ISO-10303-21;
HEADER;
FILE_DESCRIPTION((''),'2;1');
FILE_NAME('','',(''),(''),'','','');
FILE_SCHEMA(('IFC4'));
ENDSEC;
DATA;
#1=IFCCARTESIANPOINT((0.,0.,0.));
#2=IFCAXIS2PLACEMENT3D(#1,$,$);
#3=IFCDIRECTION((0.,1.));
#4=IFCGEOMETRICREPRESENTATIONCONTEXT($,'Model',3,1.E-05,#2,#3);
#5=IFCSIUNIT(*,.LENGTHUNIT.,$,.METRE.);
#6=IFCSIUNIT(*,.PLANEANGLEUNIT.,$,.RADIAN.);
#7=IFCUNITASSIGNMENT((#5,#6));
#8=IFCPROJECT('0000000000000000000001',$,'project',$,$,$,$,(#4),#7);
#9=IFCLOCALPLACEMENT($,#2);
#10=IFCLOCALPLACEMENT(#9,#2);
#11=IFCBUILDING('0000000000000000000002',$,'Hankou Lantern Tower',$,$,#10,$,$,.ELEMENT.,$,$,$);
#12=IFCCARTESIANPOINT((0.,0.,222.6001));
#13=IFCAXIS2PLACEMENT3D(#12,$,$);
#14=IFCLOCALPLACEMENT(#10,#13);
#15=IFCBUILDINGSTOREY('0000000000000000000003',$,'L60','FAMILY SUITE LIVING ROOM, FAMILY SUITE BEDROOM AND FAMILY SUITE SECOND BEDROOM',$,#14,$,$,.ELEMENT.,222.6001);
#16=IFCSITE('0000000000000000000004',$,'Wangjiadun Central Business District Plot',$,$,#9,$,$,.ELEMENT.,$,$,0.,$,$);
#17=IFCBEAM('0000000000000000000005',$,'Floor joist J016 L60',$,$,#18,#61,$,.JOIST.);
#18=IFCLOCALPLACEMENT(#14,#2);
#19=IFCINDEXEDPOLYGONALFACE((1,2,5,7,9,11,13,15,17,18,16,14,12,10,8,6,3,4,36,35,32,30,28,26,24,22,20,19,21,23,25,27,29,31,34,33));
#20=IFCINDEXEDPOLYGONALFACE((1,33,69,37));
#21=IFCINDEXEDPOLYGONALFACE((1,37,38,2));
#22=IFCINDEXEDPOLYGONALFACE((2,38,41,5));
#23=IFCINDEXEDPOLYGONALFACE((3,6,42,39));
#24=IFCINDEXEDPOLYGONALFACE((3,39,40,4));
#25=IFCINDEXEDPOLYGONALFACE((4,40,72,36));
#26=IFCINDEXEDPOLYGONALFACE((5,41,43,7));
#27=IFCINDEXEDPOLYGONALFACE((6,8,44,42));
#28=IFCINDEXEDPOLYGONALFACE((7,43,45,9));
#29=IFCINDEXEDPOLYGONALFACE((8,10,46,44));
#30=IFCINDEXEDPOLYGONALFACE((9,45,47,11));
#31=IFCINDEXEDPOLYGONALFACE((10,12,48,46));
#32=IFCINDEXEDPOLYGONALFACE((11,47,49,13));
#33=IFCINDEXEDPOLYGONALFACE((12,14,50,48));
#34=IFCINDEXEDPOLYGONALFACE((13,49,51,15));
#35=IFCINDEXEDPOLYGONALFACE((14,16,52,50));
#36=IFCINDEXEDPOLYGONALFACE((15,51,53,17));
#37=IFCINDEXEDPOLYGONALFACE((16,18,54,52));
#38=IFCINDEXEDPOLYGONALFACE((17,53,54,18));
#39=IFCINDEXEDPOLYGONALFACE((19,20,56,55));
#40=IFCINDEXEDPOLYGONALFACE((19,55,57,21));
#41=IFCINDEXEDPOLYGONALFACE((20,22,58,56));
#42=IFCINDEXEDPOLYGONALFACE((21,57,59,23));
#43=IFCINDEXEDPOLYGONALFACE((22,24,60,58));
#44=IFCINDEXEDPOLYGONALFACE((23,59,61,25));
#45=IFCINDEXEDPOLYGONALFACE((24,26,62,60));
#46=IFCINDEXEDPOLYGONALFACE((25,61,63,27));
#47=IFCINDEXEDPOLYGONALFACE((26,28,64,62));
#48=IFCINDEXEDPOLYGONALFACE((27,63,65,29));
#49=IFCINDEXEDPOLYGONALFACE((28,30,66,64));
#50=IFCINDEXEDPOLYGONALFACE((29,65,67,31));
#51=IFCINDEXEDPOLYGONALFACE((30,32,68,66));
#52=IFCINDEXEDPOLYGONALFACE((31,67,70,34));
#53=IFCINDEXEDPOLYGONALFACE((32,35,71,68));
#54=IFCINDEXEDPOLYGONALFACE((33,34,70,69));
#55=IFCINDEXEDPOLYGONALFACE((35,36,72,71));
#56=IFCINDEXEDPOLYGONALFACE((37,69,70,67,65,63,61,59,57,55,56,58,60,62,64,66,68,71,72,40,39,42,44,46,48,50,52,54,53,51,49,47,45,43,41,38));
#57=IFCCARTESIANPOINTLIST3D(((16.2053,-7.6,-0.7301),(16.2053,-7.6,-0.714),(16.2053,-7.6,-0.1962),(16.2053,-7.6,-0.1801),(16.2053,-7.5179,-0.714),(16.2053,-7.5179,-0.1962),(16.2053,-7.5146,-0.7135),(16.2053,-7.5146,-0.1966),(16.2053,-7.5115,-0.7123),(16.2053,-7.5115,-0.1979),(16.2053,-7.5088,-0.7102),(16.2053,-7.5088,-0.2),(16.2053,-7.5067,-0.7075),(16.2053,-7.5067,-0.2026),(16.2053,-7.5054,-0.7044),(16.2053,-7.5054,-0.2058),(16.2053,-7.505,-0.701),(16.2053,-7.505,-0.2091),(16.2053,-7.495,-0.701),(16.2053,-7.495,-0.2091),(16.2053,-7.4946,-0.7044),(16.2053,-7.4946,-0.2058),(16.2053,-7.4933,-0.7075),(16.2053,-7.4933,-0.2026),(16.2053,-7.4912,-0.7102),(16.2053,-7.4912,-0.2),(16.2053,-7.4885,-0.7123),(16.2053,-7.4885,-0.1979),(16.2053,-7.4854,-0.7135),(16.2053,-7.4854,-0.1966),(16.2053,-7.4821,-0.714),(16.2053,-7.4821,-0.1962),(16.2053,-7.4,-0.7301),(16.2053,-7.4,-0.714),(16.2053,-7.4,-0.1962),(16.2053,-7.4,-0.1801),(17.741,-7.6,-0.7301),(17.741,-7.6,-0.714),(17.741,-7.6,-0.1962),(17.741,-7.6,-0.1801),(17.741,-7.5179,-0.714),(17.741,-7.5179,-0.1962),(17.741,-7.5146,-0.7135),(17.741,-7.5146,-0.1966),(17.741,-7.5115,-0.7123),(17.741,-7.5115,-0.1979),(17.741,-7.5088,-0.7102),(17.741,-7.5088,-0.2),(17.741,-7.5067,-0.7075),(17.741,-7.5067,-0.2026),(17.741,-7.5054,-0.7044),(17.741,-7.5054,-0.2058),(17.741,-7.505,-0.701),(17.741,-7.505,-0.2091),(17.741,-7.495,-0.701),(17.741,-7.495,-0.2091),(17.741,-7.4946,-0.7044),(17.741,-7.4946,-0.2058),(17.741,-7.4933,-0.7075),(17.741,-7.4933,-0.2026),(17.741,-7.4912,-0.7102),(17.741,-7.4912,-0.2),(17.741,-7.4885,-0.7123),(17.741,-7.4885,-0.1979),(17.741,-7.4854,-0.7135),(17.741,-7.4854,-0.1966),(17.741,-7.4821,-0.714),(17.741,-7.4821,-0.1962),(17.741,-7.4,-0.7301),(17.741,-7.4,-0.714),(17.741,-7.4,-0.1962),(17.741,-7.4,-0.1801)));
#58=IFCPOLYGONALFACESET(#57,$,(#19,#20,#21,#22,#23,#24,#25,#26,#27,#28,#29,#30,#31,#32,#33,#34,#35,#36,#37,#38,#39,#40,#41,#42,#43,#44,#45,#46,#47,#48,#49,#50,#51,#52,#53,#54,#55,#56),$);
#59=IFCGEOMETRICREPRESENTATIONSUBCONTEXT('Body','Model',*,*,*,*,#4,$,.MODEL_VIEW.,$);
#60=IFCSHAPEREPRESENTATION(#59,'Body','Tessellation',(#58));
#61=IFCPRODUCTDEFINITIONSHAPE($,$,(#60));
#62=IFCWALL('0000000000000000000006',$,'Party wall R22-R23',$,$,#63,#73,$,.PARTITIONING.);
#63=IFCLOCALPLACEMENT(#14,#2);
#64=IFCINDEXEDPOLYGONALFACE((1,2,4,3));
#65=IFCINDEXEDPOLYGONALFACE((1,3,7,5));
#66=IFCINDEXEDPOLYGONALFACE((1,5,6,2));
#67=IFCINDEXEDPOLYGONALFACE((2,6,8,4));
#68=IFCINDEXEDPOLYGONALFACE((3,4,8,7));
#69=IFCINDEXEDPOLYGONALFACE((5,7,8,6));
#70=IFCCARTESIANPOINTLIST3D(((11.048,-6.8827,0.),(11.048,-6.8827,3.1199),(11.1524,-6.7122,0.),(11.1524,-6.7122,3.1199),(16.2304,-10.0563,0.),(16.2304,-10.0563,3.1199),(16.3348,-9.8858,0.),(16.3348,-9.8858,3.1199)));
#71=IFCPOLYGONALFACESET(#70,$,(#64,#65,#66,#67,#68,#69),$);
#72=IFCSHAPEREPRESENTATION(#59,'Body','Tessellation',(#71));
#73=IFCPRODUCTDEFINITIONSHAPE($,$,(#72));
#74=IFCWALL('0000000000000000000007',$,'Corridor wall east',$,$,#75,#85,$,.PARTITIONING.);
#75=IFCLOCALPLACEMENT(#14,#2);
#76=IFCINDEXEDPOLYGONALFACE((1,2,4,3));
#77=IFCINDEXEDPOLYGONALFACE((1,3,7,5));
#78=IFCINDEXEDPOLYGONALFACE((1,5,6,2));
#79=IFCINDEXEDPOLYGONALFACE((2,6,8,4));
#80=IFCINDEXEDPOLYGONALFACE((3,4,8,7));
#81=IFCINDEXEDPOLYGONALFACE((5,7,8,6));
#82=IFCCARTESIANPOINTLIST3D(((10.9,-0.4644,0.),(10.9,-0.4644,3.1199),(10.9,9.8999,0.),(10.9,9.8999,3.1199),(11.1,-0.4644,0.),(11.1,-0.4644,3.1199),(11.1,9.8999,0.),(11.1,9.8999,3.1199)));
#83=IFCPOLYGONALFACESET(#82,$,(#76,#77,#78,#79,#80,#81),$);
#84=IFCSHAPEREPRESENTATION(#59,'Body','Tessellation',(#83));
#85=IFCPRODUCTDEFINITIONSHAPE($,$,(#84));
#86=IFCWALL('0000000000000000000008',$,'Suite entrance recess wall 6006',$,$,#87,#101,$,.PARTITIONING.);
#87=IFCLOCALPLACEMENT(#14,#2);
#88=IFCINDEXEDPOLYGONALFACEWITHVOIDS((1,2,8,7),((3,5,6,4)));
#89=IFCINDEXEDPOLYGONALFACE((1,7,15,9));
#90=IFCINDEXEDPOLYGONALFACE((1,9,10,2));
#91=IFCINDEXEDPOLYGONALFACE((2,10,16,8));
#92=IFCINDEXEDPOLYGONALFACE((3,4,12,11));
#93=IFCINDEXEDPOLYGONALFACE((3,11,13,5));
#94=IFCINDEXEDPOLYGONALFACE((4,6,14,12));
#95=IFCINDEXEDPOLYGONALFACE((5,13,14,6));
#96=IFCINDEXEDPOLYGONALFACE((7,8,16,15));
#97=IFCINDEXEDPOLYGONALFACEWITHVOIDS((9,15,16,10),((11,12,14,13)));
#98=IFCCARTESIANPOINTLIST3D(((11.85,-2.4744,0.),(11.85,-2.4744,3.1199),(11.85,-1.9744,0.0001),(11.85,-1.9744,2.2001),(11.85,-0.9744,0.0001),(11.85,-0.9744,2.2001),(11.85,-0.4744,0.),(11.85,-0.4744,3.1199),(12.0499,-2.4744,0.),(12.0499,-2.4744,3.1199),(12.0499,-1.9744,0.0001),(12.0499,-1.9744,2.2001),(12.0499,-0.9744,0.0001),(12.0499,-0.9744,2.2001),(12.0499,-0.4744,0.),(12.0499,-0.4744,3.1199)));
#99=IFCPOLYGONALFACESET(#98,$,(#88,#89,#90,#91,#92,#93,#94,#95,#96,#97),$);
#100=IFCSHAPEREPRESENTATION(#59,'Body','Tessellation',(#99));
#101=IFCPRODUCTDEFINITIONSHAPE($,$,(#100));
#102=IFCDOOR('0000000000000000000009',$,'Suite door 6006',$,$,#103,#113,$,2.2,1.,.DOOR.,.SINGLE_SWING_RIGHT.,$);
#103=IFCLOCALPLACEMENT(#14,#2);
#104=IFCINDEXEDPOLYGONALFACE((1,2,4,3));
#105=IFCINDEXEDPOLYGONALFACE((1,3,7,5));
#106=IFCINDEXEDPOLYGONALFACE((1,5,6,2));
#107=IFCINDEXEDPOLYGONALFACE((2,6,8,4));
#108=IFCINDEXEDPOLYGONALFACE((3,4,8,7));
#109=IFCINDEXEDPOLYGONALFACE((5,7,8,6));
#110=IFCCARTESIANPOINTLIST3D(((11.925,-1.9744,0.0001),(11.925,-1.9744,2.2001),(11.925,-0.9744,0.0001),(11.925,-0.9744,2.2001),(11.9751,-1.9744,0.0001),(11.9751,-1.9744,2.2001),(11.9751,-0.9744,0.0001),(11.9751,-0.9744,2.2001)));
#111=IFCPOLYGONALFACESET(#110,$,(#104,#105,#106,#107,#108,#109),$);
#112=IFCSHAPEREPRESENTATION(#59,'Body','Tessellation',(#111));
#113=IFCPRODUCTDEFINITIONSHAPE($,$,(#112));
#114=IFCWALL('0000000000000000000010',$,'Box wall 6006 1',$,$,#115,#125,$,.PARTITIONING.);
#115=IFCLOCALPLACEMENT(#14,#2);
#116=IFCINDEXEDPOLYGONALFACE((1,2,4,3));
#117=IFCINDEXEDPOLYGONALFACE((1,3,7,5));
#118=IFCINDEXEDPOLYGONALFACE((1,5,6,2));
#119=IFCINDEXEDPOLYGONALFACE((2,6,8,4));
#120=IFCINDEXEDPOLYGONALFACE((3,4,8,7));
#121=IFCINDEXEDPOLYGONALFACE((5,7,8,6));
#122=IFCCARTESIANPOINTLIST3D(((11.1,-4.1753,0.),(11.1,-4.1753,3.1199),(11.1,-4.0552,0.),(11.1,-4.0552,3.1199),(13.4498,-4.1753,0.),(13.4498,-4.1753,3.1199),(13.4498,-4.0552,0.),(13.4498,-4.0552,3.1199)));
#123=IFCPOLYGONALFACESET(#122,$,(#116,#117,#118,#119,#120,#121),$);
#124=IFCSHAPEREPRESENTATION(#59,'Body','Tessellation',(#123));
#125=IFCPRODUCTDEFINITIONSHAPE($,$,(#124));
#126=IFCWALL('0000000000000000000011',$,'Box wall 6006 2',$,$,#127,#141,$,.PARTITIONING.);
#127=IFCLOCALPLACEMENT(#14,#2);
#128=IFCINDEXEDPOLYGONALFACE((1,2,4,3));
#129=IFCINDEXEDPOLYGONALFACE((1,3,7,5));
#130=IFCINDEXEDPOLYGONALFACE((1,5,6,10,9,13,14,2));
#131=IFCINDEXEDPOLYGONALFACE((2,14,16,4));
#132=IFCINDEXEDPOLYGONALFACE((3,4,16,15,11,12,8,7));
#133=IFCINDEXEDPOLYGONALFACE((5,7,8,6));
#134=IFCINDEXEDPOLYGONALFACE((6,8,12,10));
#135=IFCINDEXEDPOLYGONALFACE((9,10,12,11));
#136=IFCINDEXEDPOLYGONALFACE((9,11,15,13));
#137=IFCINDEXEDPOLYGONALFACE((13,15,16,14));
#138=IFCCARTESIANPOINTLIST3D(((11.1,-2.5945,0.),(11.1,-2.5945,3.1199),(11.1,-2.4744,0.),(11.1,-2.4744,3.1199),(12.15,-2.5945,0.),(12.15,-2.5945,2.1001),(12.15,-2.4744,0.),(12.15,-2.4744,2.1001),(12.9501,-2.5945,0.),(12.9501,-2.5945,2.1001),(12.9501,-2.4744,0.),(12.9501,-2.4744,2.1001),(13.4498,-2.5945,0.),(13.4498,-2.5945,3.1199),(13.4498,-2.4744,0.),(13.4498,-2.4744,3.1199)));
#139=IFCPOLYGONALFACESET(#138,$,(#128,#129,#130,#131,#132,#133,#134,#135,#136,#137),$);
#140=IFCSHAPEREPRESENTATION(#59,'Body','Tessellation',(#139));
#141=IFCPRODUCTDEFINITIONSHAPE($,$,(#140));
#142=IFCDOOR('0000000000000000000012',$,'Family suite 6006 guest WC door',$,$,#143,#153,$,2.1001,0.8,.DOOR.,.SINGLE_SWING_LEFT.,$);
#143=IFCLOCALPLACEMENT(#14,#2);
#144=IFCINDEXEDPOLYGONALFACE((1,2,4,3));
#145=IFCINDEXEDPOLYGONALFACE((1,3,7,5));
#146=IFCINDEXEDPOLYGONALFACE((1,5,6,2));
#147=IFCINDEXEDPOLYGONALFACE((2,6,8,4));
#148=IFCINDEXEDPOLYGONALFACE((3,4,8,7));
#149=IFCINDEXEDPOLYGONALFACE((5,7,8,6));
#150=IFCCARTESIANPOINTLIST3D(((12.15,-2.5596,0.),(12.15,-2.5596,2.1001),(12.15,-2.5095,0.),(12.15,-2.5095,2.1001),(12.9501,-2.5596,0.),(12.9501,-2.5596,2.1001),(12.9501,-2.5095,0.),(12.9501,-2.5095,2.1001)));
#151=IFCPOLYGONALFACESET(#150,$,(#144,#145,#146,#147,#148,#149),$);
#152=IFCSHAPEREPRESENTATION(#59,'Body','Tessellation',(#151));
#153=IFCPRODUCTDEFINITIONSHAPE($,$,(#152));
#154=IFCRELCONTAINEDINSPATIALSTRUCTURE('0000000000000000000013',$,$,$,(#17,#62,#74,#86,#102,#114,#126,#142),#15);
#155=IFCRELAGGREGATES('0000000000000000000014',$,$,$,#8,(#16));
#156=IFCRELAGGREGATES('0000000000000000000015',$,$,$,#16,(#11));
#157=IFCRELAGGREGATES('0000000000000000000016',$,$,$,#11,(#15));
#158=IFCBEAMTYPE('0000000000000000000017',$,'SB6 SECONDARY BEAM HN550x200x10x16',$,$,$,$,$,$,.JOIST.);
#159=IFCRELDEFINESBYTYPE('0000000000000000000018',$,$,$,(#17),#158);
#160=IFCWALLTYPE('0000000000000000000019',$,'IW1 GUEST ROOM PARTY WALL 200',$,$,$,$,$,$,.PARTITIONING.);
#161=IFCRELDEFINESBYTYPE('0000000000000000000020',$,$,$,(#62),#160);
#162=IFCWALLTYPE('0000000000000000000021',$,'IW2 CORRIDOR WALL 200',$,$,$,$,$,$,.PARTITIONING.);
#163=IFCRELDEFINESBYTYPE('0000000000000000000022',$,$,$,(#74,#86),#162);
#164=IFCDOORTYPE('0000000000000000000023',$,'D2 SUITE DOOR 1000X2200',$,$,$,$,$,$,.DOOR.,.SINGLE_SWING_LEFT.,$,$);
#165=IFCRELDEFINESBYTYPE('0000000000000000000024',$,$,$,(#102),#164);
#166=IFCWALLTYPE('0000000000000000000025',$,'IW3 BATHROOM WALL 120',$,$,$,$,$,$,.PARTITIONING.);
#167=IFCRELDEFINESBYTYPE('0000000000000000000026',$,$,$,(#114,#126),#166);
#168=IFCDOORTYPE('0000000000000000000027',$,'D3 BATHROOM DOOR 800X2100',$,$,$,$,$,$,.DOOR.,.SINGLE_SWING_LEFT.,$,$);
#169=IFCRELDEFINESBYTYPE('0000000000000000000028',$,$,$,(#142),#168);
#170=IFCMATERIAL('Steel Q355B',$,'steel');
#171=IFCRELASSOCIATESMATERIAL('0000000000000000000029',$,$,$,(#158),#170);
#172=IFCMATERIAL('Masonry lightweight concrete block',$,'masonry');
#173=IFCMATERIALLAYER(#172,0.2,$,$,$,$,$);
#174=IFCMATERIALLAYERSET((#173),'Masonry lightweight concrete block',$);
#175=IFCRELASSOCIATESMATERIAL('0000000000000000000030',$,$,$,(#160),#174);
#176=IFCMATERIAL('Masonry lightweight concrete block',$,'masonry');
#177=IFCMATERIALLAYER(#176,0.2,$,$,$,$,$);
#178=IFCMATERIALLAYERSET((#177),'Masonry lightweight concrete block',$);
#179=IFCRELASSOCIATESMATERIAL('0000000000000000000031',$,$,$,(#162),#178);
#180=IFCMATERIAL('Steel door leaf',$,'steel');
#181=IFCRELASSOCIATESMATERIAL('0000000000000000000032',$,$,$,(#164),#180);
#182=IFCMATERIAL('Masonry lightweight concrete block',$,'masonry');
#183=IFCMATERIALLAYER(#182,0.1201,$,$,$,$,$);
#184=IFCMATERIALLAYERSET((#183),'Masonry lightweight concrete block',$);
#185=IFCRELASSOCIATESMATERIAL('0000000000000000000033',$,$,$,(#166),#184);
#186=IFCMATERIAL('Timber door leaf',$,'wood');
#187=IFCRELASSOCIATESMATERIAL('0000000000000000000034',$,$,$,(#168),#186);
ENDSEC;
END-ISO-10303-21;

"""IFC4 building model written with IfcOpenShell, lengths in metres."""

from ifc_helpers import new_model, si_unit, direction, frame, frame_2d, origin, origin_2d, place, context, subcontext, project, spatial, rectangle, i_section, extrude, material, layer, layer_set, material_profile, profile_set, type_object, element, fill, save


model = new_model("IFC4")

# Units and contexts
model_context = context("Model", 3, precision=1e-05, world=origin(), true_north=direction((0.0, 1.0)))
body_context = subcontext(model_context, "Body", "Model", "MODEL_VIEW")
ifc_project = project(units=[si_unit("LENGTHUNIT", "METRE"), si_unit("PLANEANGLEUNIT", "RADIAN")], contexts=[model_context])

# Site, building, storey
site_placement = place(None, origin())
site = spatial("IfcSite", under=ifc_project, at=site_placement, Name="Wangjiadun Central Business District Plot", CompositionType="ELEMENT", RefElevation=0.0)
building_placement = place(site_placement, origin())
building = spatial("IfcBuilding", under=site, at=building_placement, Name="Hankou Lantern Tower", CompositionType="ELEMENT")
storey_placement = place(building_placement, frame((0.0, 0.0, 222.6001)))
storey = spatial("IfcBuildingStorey", under=building, at=storey_placement, Name="L60", Description="FAMILY SUITE LIVING ROOM, FAMILY SUITE BEDROOM AND FAMILY SUITE SECOND BEDROOM", CompositionType="ELEMENT", Elevation=222.6001)

# Beam
ifc_material_1 = material(Name="Steel Q355B", Category="steel")
ifc_material_profile = material_profile(ifc_material_1, i_section(OverallWidth=0.2, OverallDepth=0.55, WebThickness=0.01, FlangeThickness=0.0161, FilletRadius=0.0129, at=origin_2d()), Name="HN550x200x10x16")
ifc_profile_set = profile_set([ifc_material_profile], Name="Steel Q355B")
beam_type = type_object("IfcBeamType", Name="SB6 SECONDARY BEAM HN550x200x10x16", PredefinedType="JOIST", material=ifc_profile_set)
beam_placement = place(storey_placement, frame((16.2053, -7.5, -0.4551), z_axis=(1.0, 0.0, 0.0), x_axis=(0.0, 1.0, 0.0)))
element("IfcBeam", 1, at=beam_placement, inside=storey, type_object=beam_type, Name="Floor joist J016 L60", PredefinedType="JOIST", context=body_context, shape_type="SweptSolid", body=[
    extrude(i_section(OverallWidth=0.2, OverallDepth=0.55, WebThickness=0.01, FlangeThickness=0.0161, FilletRadius=0.0129, at=origin_2d()), origin(), (0.0, 0.0, 1.0), 1.5356),
])

# Walls
ifc_material_2 = material(Name="Masonry lightweight concrete block", Category="masonry")
ifc_layer_1 = layer(ifc_material_2, 0.2)
ifc_layer_set_1 = layer_set([ifc_layer_1], Name="Masonry lightweight concrete block")
wall_type_1 = type_object("IfcWallType", Name="IW1 GUEST ROOM PARTY WALL 200", PredefinedType="PARTITIONING", material=ifc_layer_set_1)
wall_1_placement = place(storey_placement, frame((11.1001, -6.7974, 0.0), z_axis=(0.0, 0.0, 1.0), x_axis=(0.8528, -0.522238, 0.0)))
element("IfcWall", 2, at=wall_1_placement, inside=storey, type_object=wall_type_1, Name="Party wall R22-R23", PredefinedType="PARTITIONING", context=body_context, shape_type="SweptSolid", body=[
    extrude(rectangle(XDim=6.0769, YDim=0.2, at=frame_2d((3.0386, 0.0))), origin(), (0.0, 0.0, 1.0), 3.1199),
])
ifc_material_3 = material(Name="Masonry lightweight concrete block", Category="masonry")
ifc_layer_2 = layer(ifc_material_3, 0.2)
ifc_layer_set_2 = layer_set([ifc_layer_2], Name="Masonry lightweight concrete block")
wall_type_2 = type_object("IfcWallType", Name="IW2 CORRIDOR WALL 200", PredefinedType="PARTITIONING", material=ifc_layer_set_2)
wall_2_placement = place(storey_placement, frame((11.0, -0.4644, 0.0), z_axis=(0.0, 0.0, 1.0), x_axis=(0.0, 1.0, 0.0)))
element("IfcWall", 3, at=wall_2_placement, inside=storey, type_object=wall_type_2, Name="Corridor wall east", PredefinedType="PARTITIONING", context=body_context, shape_type="SweptSolid", body=[
    extrude(rectangle(XDim=10.3643, YDim=0.2, at=frame_2d((5.1821, 0.0))), origin(), (0.0, 0.0, 1.0), 3.1199),
])

# Wall, opening, door
wall_3_placement = place(storey_placement, frame((11.95, -2.4744, 0.0), z_axis=(0.0, 0.0, 1.0), x_axis=(0.0, 1.0, 0.0)))
wall_3 = element("IfcWall", 4, at=wall_3_placement, inside=storey, type_object=wall_type_2, Name="Suite entrance recess wall 6006", PredefinedType="PARTITIONING", context=body_context, shape_type="SweptSolid", body=[
    extrude(rectangle(XDim=2.0, YDim=0.2, at=frame_2d((1.0, 0.0))), origin(), (0.0, 0.0, 1.0), 3.1199),
])
opening_1_placement = place(wall_3_placement, frame((0.5, 0.0, 0.0)))
opening_1 = element("IfcOpeningElement", 5, at=opening_1_placement, cuts=wall_3, PredefinedType="OPENING", context=body_context, shape_type="SweptSolid", body=[
    extrude(rectangle(XDim=1.0, YDim=2.2, at=frame_2d((0.5, 1.1001))), frame((0.0, 0.1099, 0.0), z_axis=(0.0, -1.0, 0.0), x_axis=(1.0, 0.0, 0.0)), (0.0, 0.0, 1.0), 0.22),
])
ifc_material_4 = material(Name="Steel door leaf", Category="steel")
door_type_1 = type_object("IfcDoorType", Name="D2 SUITE DOOR 1000X2200", OperationType="SINGLE_SWING_LEFT", PredefinedType="DOOR", material=ifc_material_4)
door_1_placement = place(opening_1_placement, origin())
door_1 = element("IfcDoor", 6, at=door_1_placement, inside=storey, type_object=door_type_1, Name="Suite door 6006", OperationType="SINGLE_SWING_RIGHT", OverallHeight=2.2, OverallWidth=1.0, PredefinedType="DOOR", context=body_context, shape_type="SweptSolid", body=[
    extrude(rectangle(XDim=1.0, YDim=2.2, at=frame_2d((0.5, 1.1001))), frame((0.0, 0.0249, 0.0), z_axis=(0.0, -1.0, 0.0), x_axis=(1.0, 0.0, 0.0)), (0.0, 0.0, 1.0), 0.05),
])
fill(opening_1, door_1)

# Wall
ifc_material_5 = material(Name="Masonry lightweight concrete block", Category="masonry")
ifc_layer_3 = layer(ifc_material_5, 0.1201)
ifc_layer_set_3 = layer_set([ifc_layer_3], Name="Masonry lightweight concrete block")
wall_type_3 = type_object("IfcWallType", Name="IW3 BATHROOM WALL 120", PredefinedType="PARTITIONING", material=ifc_layer_set_3)
wall_4_placement = place(storey_placement, frame((11.1001, -4.1152, 0.0), z_axis=(0.0, 0.0, 1.0), x_axis=(1.0, 0.0, 0.0)))
element("IfcWall", 7, at=wall_4_placement, inside=storey, type_object=wall_type_3, Name="Box wall 6006 1", PredefinedType="PARTITIONING", context=body_context, shape_type="SweptSolid", body=[
    extrude(rectangle(XDim=2.3499, YDim=0.1201, at=frame_2d((1.1748, 0.0))), origin(), (0.0, 0.0, 1.0), 3.1199),
])

# Wall, opening, door
wall_5_placement = place(storey_placement, frame((11.1001, -2.5344, 0.0), z_axis=(0.0, 0.0, 1.0), x_axis=(1.0, 0.0, 0.0)))
wall_5 = element("IfcWall", 8, at=wall_5_placement, inside=storey, type_object=wall_type_3, Name="Box wall 6006 2", PredefinedType="PARTITIONING", context=body_context, shape_type="SweptSolid", body=[
    extrude(rectangle(XDim=2.3499, YDim=0.1201, at=frame_2d((1.1748, 0.0))), origin(), (0.0, 0.0, 1.0), 3.1199),
])
opening_2_placement = place(wall_5_placement, frame((1.05, 0.0, 0.0)))
opening_2 = element("IfcOpeningElement", 9, at=opening_2_placement, cuts=wall_5, PredefinedType="OPENING", context=body_context, shape_type="SweptSolid", body=[
    extrude(rectangle(XDim=0.8, YDim=2.1001, at=frame_2d((0.3999, 1.05))), frame((0.0, 0.0701, 0.0), z_axis=(0.0, -1.0, 0.0), x_axis=(1.0, 0.0, 0.0)), (0.0, 0.0, 1.0), 0.1401),
])
ifc_material_6 = material(Name="Timber door leaf", Category="wood")
door_type_2 = type_object("IfcDoorType", Name="D3 BATHROOM DOOR 800X2100", OperationType="SINGLE_SWING_LEFT", PredefinedType="DOOR", material=ifc_material_6)
door_2_placement = place(opening_2_placement, origin())
door_2 = element("IfcDoor", 10, at=door_2_placement, inside=storey, type_object=door_type_2, Name="Family suite 6006 guest WC door", OperationType="SINGLE_SWING_LEFT", OverallHeight=2.1001, OverallWidth=0.8, PredefinedType="DOOR", context=body_context, shape_type="SweptSolid", body=[
    extrude(rectangle(XDim=0.8, YDim=2.1001, at=frame_2d((0.3999, 1.05))), frame((0.0, 0.0249, 0.0), z_axis=(0.0, -1.0, 0.0), x_axis=(1.0, 0.0, 0.0)), (0.0, 0.0, 1.0), 0.05),
])
fill(opening_2, door_2)

save(model, "model.ifc")
